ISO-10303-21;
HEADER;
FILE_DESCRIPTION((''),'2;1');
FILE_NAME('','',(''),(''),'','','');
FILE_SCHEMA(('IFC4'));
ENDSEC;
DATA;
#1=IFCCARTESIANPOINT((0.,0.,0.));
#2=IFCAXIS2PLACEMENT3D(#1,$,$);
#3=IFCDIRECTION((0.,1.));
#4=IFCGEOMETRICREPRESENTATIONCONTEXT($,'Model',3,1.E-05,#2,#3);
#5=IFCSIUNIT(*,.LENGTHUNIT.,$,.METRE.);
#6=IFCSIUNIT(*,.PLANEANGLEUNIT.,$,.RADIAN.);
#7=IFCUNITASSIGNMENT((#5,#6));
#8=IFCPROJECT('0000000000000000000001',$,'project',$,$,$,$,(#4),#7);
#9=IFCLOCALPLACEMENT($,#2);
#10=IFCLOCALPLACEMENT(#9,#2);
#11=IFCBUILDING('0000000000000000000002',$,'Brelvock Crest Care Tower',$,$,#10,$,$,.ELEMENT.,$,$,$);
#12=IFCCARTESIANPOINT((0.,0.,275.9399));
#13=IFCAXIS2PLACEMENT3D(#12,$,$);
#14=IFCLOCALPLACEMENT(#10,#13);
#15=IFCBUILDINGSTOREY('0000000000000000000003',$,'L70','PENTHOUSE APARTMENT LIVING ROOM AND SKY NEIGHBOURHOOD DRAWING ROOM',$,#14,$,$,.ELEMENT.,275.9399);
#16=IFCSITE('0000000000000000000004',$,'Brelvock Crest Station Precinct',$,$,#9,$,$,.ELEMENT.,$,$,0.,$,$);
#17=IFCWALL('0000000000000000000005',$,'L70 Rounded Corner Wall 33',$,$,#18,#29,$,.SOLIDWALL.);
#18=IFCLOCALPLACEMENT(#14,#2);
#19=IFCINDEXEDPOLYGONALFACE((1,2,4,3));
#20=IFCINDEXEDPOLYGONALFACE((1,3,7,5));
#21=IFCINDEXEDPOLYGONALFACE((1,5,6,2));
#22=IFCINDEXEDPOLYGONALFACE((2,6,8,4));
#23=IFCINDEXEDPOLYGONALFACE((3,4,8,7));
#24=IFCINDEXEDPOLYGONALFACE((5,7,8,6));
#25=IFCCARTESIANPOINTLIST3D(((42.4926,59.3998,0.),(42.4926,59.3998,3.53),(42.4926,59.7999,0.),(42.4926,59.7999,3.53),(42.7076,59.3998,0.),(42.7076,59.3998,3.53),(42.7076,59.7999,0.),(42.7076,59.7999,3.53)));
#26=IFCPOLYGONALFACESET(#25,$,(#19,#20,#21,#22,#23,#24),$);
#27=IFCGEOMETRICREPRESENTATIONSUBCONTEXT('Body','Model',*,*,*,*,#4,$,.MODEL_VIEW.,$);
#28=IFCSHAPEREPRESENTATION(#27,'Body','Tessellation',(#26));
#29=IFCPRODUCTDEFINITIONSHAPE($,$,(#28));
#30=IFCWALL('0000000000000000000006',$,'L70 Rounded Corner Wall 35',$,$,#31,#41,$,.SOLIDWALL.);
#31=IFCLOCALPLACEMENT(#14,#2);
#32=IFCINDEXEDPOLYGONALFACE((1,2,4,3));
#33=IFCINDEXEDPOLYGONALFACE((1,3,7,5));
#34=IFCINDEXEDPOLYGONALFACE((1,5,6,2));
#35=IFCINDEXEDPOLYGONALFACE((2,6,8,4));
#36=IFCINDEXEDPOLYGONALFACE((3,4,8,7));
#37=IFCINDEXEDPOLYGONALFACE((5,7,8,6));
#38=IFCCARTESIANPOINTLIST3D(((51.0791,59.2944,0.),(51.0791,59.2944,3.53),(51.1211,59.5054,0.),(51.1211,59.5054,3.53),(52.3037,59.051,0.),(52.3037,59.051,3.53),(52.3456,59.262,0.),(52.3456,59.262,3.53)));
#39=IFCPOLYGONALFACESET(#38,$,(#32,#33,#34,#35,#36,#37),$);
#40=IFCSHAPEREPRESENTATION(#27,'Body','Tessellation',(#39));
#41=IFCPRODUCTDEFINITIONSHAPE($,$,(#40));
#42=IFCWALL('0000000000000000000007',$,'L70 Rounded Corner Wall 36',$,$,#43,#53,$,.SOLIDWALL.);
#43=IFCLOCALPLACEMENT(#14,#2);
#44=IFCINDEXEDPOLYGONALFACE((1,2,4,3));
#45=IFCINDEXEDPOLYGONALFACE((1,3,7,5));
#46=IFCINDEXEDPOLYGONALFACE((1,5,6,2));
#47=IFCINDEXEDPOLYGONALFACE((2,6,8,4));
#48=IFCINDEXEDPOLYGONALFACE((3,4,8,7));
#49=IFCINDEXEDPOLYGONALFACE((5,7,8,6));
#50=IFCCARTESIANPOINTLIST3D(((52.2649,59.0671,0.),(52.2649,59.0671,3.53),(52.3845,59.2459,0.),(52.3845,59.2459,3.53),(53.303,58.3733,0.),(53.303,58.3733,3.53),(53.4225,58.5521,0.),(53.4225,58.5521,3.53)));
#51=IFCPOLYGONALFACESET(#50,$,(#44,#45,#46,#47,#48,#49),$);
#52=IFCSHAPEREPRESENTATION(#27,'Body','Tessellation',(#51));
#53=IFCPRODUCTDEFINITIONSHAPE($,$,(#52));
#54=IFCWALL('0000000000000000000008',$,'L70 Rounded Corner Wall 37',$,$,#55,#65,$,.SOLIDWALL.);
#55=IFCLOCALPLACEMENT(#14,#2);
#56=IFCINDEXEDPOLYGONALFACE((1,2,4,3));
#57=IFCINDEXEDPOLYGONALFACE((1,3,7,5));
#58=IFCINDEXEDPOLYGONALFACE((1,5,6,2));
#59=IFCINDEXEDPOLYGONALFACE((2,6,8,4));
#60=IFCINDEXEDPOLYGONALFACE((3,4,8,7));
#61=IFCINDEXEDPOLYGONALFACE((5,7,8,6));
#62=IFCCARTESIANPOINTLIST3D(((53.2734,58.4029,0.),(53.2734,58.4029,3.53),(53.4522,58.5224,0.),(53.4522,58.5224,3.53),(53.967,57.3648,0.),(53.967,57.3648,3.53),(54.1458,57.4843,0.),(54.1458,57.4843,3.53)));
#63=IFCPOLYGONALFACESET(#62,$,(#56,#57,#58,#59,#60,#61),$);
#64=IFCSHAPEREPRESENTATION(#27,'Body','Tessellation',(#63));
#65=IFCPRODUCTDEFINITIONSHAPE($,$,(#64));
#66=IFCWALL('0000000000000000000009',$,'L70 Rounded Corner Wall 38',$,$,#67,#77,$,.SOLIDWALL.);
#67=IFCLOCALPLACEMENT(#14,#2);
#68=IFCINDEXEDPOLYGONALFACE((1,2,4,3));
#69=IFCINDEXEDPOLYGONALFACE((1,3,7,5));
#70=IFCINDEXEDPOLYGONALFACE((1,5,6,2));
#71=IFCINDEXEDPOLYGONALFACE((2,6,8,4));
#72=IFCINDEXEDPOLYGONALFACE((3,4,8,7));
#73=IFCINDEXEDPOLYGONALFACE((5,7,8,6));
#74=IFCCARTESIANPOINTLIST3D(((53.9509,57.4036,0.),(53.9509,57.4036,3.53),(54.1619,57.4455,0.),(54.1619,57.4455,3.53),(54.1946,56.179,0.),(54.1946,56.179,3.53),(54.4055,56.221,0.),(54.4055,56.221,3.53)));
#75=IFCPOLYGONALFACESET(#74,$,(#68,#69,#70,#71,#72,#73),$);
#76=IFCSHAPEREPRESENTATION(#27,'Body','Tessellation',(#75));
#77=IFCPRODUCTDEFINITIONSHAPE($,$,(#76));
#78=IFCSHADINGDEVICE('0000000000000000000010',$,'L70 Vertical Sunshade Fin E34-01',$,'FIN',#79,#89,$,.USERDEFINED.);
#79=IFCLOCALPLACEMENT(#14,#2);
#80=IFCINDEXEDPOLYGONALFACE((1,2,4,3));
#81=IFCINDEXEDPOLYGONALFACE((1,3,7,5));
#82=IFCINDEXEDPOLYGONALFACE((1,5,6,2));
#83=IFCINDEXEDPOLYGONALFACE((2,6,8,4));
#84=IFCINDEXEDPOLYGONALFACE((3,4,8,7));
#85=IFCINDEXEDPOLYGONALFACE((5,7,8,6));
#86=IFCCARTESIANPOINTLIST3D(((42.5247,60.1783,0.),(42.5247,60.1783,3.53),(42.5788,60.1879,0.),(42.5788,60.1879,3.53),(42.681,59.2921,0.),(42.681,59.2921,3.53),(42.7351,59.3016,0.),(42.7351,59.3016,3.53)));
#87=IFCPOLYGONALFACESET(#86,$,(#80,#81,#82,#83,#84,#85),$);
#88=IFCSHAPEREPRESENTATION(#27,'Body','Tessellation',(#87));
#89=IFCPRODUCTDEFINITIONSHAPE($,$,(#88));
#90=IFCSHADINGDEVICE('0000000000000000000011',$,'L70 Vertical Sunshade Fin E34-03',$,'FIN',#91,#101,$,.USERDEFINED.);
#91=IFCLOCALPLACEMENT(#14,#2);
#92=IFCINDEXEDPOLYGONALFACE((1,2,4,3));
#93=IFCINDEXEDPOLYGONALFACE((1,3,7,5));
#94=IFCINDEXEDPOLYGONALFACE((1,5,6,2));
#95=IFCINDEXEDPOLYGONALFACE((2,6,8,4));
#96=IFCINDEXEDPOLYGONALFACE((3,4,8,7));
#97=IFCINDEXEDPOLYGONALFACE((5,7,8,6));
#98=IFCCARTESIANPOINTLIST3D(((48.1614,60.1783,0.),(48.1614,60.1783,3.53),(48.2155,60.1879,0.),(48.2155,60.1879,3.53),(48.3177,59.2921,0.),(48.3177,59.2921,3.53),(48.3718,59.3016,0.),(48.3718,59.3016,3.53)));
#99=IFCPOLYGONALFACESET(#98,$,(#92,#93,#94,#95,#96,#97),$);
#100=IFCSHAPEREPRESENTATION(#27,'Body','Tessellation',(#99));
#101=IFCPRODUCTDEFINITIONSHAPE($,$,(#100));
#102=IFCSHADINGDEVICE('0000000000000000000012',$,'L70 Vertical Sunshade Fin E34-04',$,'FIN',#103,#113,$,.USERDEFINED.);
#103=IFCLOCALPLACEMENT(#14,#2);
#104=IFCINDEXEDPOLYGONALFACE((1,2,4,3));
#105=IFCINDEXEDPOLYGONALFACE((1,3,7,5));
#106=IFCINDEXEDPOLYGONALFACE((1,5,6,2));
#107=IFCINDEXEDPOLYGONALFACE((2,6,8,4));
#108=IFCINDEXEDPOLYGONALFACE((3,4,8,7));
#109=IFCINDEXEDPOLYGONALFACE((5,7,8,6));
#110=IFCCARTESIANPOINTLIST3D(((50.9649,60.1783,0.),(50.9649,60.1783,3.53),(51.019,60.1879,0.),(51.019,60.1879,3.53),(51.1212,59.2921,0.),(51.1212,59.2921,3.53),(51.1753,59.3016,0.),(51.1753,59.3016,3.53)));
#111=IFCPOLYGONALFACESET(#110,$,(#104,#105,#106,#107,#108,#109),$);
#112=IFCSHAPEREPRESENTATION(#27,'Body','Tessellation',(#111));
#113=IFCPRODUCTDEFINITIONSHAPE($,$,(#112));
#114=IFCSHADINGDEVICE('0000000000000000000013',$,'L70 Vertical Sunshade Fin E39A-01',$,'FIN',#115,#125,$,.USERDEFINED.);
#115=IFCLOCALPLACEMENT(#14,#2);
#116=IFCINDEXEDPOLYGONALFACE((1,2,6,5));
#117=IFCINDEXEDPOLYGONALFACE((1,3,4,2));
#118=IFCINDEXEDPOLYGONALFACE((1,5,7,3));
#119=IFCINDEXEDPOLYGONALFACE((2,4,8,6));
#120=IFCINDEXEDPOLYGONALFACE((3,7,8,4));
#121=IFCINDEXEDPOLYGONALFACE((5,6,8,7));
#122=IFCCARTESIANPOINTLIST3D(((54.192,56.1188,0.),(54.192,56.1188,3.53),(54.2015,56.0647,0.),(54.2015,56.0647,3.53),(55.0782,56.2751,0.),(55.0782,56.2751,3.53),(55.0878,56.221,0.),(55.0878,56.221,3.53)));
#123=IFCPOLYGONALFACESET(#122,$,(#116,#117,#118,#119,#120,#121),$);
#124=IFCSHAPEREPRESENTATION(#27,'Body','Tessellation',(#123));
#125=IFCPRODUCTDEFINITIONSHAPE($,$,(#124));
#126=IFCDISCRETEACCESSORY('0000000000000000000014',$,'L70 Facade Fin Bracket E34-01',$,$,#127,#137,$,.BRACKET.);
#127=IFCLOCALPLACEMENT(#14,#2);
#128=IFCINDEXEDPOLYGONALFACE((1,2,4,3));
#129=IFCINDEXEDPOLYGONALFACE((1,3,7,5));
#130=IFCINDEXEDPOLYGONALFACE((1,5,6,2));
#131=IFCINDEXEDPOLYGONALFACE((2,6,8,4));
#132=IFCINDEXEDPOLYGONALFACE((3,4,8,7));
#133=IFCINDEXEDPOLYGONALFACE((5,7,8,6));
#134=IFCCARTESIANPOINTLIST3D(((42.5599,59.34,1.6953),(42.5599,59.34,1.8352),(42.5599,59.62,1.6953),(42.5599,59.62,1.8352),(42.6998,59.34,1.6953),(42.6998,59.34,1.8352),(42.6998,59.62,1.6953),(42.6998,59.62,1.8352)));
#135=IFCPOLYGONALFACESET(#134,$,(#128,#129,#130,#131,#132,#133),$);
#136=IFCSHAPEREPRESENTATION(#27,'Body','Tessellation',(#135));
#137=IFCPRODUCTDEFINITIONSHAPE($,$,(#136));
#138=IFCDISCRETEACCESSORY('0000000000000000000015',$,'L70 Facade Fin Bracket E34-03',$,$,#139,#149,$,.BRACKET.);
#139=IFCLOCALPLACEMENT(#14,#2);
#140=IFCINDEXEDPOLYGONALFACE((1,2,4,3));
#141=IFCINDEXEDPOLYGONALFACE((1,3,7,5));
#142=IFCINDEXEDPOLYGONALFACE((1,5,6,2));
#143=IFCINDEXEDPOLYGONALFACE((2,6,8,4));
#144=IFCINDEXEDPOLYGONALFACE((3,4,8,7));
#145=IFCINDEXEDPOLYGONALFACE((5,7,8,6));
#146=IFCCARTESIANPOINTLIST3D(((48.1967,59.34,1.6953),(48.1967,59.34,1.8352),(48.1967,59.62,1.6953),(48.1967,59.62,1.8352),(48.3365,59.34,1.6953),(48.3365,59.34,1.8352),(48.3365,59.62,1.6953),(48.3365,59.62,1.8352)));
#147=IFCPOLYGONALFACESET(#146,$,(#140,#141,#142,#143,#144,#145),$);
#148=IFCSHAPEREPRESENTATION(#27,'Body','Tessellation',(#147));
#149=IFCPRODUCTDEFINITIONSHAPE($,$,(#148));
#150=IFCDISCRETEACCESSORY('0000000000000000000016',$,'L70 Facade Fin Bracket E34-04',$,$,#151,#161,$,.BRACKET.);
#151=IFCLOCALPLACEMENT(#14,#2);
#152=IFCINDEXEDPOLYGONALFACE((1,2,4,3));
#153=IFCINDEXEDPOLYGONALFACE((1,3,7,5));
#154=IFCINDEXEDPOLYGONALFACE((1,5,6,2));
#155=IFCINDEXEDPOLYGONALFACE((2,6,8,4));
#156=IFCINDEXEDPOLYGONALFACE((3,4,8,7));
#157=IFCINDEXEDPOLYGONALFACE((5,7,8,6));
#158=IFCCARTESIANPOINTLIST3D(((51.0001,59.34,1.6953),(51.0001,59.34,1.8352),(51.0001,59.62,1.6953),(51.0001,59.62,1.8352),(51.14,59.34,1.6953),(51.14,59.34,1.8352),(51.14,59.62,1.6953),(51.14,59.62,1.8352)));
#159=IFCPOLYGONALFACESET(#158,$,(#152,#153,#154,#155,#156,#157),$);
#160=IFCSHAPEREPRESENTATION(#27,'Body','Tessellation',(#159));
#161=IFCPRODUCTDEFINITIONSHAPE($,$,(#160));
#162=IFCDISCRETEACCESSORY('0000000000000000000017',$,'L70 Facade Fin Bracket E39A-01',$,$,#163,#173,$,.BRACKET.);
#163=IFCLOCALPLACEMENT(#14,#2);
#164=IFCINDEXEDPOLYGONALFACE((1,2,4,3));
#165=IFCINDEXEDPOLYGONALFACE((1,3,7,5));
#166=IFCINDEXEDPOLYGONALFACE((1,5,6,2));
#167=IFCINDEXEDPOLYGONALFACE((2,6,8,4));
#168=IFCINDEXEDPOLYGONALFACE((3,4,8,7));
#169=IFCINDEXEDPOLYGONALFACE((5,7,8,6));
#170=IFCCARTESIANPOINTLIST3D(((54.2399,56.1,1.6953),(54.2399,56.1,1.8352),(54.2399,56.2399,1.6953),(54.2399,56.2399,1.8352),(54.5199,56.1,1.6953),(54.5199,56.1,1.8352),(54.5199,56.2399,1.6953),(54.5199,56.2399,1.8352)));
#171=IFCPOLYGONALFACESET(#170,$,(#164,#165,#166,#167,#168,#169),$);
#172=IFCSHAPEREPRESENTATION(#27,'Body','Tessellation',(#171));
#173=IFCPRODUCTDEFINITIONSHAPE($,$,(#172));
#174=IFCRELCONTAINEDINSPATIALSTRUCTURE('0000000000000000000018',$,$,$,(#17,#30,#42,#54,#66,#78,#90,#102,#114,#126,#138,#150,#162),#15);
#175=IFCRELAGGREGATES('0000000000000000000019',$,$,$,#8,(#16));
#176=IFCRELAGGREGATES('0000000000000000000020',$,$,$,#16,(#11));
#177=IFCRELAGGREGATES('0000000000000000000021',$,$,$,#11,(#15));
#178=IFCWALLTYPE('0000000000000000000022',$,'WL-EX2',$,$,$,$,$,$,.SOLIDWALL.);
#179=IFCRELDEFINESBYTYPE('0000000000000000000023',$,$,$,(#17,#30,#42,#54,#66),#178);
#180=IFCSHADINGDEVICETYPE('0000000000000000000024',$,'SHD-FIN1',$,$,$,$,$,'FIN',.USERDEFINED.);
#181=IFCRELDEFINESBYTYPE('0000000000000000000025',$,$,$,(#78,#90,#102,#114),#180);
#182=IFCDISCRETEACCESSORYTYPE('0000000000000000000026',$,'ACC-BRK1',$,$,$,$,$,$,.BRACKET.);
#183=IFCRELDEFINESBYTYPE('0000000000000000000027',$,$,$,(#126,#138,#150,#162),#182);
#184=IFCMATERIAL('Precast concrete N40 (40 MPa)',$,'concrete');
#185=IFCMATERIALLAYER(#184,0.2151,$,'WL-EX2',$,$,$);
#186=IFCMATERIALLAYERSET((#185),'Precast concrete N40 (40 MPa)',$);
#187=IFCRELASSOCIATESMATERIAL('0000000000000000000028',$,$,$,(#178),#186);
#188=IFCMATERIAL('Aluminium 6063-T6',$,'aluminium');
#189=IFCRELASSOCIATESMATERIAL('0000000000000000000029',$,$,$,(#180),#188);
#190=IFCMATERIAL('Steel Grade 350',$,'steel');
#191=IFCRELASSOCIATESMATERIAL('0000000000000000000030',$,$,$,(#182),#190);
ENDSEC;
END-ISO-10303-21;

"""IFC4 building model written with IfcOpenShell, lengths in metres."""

from ifc_helpers import new_model, si_unit, direction, frame, frame_2d, origin, origin_2d, place, context, subcontext, project, spatial, rectangle, extrude, source, transform, mapped, material, layer, layer_set, material_profile, profile_set, type_object, element, save


model = new_model("IFC4")

# Units and contexts
model_context = context("Model", 3, precision=1e-05, world=origin(), true_north=direction((0.0, 1.0)))
body_context = subcontext(model_context, "Body", "Model", "MODEL_VIEW")
ifc_project = project(units=[si_unit("LENGTHUNIT", "METRE"), si_unit("PLANEANGLEUNIT", "RADIAN")], contexts=[model_context])

# Site, building, storey
site_placement = place(None, origin())
site = spatial("IfcSite", under=ifc_project, at=site_placement, Name="Brelvock Crest Station Precinct", CompositionType="ELEMENT", RefElevation=0.0)
building_placement = place(site_placement, origin())
building = spatial("IfcBuilding", under=site, at=building_placement, Name="Brelvock Crest Care Tower", CompositionType="ELEMENT")
storey_placement = place(building_placement, frame((0.0, 0.0, 275.9399)))
storey = spatial("IfcBuildingStorey", under=building, at=storey_placement, Name="L70", Description="PENTHOUSE APARTMENT LIVING ROOM AND SKY NEIGHBOURHOOD DRAWING ROOM", CompositionType="ELEMENT", Elevation=275.9399)

# Shared definitions
ifc_material_1 = material(Name="Steel Grade 350", Category="steel")

# Shared definitions
ifc_material_2 = material(Name="Aluminium 6063-T6", Category="aluminium")

# Walls
ifc_material_3 = material(Name="Precast concrete N40 (40 MPa)", Category="concrete")
ifc_layer_1 = layer(ifc_material_3, 0.2151, Name="WL-EX2")
ifc_layer_set_1 = layer_set([ifc_layer_1], Name="Precast concrete N40 (40 MPa)")
wall_type = type_object("IfcWallType", Name="WL-EX2", PredefinedType="SOLIDWALL", material=ifc_layer_set_1)
wall_1_placement = place(storey_placement, frame((42.6001, 59.8, 0.0), z_axis=(0.0, 0.0, 1.0), x_axis=(0.0, -1.0, 0.0)))
element("IfcWall", 1, at=wall_1_placement, inside=storey, type_object=wall_type, Name="L70 Rounded Corner Wall 33", PredefinedType="SOLIDWALL", context=body_context, shape_type="SweptSolid", body=[
    extrude(rectangle(XDim=0.4001, YDim=0.2151, at=frame_2d((0.2002, 0.0))), origin(), (0.0, 0.0, 1.0), 3.53),
])
for number, where, z_axis, x_axis, name in (
    (2, (51.1001, 59.3999, 0.0), (0.0, 0.0, 1.0), (0.980813, -0.19495, 0.0), "L70 Rounded Corner Wall 35"),
    (3, (52.3247, 59.1565, 0.0), (0.0, 0.0, 1.0), (0.831388, -0.555692, 0.0), "L70 Rounded Corner Wall 36"),
    (4, (53.3628, 58.4626, 0.0), (0.0, 0.0, 1.0), (0.555557, -0.831478, 0.0), "L70 Rounded Corner Wall 37"),
    (5, (54.0564, 57.4246, 0.0), (0.0, 0.0, 1.0), (0.195138, -0.980776, 0.0), "L70 Rounded Corner Wall 38"),
):
    element("IfcWall", number, at=place(storey_placement, frame(where, z_axis=z_axis, x_axis=x_axis)), inside=storey, type_object=wall_type, Name=name, PredefinedType="SOLIDWALL", context=body_context, shape_type="SweptSolid", body=[
        extrude(rectangle(XDim=1.2485, YDim=0.2151, at=frame_2d((0.6243, 0.0))), origin(), (0.0, 0.0, 1.0), 3.53),
    ])

# Shading devices
ifc_material_profile_1 = material_profile(ifc_material_2, rectangle(XDim=0.0549, YDim=0.8999, at=origin_2d()), Name="FIN55x900")
ifc_profile_set_1 = profile_set([ifc_material_profile_1], Name="Aluminium 6063-T6")
shading_device_type = type_object("IfcShadingDeviceType", Name="SHD-FIN1", ElementType="FIN", PredefinedType="USERDEFINED", material=ifc_profile_set_1)
shared_shape_1 = source(origin(), body_context, "Body", "SweptSolid", [
    extrude(rectangle(XDim=0.0549, YDim=0.8999, at=origin_2d()), origin(), (0.0, 0.0, 1.0), 3.53),
])
for number, where, z_axis, x_axis, name in (
    (6, (42.6299, 59.74, 0.0), (0.0, 0.0, 1.0), (0.984808, 0.173648, 0.0), "L70 Vertical Sunshade Fin E34-01"),
    (7, (48.2666, 59.74, 0.0), (0.0, 0.0, 1.0), (0.984808, 0.173648, 0.0), "L70 Vertical Sunshade Fin E34-03"),
    (8, (51.0701, 59.74, 0.0), (0.0, 0.0, 1.0), (0.984808, 0.173648, 0.0), "L70 Vertical Sunshade Fin E34-04"),
    (9, (54.6399, 56.1699, 0.0), (0.0, 0.0, 1.0), (0.173648, -0.984808, 0.0), "L70 Vertical Sunshade Fin E39A-01"),
):
    element("IfcShadingDevice", number, at=place(storey_placement, frame(where, z_axis=z_axis, x_axis=x_axis)), inside=storey, type_object=shading_device_type, Name=name, ObjectType="FIN", PredefinedType="USERDEFINED", context=body_context, shape_type="MappedRepresentation", body=[
        mapped(shared_shape_1, transform((0.0, 0.0, 0.0), x_axis=(1.0, 0.0, 0.0), y_axis=(0.0, 1.0, 0.0), z_axis=(0.0, 0.0, 1.0), scale=1.0)),
    ])

# Discrete accessories
discrete_accessory_type = type_object("IfcDiscreteAccessoryType", Name="ACC-BRK1", PredefinedType="BRACKET", material=ifc_material_1)
shared_shape_2 = source(origin(), body_context, "Body", "SweptSolid", [
    extrude(rectangle(XDim=0.28, YDim=0.1399, at=origin_2d()), origin(), (0.0, 0.0, 1.0), 0.1399),
])
for number, where, z_axis, x_axis, name in (
    (10, (42.6299, 59.48, 1.6953), (0.0, 0.0, 1.0), (0.0, 1.0, 0.0), "L70 Facade Fin Bracket E34-01"),
    (11, (48.2666, 59.48, 1.6953), (0.0, 0.0, 1.0), (0.0, 1.0, 0.0), "L70 Facade Fin Bracket E34-03"),
    (12, (51.0701, 59.48, 1.6953), (0.0, 0.0, 1.0), (0.0, 1.0, 0.0), "L70 Facade Fin Bracket E34-04"),
    (13, (54.3799, 56.1699, 1.6953), (0.0, 0.0, 1.0), (1.0, 0.0, 0.0), "L70 Facade Fin Bracket E39A-01"),
):
    element("IfcDiscreteAccessory", number, at=place(storey_placement, frame(where, z_axis=z_axis, x_axis=x_axis)), inside=storey, type_object=discrete_accessory_type, Name=name, PredefinedType="BRACKET", context=body_context, shape_type="MappedRepresentation", body=[
        mapped(shared_shape_2, transform((0.0, 0.0, 0.0), x_axis=(1.0, 0.0, 0.0), y_axis=(0.0, 1.0, 0.0), z_axis=(0.0, 0.0, 1.0), scale=1.0)),
    ])

save(model, "model.ifc")
